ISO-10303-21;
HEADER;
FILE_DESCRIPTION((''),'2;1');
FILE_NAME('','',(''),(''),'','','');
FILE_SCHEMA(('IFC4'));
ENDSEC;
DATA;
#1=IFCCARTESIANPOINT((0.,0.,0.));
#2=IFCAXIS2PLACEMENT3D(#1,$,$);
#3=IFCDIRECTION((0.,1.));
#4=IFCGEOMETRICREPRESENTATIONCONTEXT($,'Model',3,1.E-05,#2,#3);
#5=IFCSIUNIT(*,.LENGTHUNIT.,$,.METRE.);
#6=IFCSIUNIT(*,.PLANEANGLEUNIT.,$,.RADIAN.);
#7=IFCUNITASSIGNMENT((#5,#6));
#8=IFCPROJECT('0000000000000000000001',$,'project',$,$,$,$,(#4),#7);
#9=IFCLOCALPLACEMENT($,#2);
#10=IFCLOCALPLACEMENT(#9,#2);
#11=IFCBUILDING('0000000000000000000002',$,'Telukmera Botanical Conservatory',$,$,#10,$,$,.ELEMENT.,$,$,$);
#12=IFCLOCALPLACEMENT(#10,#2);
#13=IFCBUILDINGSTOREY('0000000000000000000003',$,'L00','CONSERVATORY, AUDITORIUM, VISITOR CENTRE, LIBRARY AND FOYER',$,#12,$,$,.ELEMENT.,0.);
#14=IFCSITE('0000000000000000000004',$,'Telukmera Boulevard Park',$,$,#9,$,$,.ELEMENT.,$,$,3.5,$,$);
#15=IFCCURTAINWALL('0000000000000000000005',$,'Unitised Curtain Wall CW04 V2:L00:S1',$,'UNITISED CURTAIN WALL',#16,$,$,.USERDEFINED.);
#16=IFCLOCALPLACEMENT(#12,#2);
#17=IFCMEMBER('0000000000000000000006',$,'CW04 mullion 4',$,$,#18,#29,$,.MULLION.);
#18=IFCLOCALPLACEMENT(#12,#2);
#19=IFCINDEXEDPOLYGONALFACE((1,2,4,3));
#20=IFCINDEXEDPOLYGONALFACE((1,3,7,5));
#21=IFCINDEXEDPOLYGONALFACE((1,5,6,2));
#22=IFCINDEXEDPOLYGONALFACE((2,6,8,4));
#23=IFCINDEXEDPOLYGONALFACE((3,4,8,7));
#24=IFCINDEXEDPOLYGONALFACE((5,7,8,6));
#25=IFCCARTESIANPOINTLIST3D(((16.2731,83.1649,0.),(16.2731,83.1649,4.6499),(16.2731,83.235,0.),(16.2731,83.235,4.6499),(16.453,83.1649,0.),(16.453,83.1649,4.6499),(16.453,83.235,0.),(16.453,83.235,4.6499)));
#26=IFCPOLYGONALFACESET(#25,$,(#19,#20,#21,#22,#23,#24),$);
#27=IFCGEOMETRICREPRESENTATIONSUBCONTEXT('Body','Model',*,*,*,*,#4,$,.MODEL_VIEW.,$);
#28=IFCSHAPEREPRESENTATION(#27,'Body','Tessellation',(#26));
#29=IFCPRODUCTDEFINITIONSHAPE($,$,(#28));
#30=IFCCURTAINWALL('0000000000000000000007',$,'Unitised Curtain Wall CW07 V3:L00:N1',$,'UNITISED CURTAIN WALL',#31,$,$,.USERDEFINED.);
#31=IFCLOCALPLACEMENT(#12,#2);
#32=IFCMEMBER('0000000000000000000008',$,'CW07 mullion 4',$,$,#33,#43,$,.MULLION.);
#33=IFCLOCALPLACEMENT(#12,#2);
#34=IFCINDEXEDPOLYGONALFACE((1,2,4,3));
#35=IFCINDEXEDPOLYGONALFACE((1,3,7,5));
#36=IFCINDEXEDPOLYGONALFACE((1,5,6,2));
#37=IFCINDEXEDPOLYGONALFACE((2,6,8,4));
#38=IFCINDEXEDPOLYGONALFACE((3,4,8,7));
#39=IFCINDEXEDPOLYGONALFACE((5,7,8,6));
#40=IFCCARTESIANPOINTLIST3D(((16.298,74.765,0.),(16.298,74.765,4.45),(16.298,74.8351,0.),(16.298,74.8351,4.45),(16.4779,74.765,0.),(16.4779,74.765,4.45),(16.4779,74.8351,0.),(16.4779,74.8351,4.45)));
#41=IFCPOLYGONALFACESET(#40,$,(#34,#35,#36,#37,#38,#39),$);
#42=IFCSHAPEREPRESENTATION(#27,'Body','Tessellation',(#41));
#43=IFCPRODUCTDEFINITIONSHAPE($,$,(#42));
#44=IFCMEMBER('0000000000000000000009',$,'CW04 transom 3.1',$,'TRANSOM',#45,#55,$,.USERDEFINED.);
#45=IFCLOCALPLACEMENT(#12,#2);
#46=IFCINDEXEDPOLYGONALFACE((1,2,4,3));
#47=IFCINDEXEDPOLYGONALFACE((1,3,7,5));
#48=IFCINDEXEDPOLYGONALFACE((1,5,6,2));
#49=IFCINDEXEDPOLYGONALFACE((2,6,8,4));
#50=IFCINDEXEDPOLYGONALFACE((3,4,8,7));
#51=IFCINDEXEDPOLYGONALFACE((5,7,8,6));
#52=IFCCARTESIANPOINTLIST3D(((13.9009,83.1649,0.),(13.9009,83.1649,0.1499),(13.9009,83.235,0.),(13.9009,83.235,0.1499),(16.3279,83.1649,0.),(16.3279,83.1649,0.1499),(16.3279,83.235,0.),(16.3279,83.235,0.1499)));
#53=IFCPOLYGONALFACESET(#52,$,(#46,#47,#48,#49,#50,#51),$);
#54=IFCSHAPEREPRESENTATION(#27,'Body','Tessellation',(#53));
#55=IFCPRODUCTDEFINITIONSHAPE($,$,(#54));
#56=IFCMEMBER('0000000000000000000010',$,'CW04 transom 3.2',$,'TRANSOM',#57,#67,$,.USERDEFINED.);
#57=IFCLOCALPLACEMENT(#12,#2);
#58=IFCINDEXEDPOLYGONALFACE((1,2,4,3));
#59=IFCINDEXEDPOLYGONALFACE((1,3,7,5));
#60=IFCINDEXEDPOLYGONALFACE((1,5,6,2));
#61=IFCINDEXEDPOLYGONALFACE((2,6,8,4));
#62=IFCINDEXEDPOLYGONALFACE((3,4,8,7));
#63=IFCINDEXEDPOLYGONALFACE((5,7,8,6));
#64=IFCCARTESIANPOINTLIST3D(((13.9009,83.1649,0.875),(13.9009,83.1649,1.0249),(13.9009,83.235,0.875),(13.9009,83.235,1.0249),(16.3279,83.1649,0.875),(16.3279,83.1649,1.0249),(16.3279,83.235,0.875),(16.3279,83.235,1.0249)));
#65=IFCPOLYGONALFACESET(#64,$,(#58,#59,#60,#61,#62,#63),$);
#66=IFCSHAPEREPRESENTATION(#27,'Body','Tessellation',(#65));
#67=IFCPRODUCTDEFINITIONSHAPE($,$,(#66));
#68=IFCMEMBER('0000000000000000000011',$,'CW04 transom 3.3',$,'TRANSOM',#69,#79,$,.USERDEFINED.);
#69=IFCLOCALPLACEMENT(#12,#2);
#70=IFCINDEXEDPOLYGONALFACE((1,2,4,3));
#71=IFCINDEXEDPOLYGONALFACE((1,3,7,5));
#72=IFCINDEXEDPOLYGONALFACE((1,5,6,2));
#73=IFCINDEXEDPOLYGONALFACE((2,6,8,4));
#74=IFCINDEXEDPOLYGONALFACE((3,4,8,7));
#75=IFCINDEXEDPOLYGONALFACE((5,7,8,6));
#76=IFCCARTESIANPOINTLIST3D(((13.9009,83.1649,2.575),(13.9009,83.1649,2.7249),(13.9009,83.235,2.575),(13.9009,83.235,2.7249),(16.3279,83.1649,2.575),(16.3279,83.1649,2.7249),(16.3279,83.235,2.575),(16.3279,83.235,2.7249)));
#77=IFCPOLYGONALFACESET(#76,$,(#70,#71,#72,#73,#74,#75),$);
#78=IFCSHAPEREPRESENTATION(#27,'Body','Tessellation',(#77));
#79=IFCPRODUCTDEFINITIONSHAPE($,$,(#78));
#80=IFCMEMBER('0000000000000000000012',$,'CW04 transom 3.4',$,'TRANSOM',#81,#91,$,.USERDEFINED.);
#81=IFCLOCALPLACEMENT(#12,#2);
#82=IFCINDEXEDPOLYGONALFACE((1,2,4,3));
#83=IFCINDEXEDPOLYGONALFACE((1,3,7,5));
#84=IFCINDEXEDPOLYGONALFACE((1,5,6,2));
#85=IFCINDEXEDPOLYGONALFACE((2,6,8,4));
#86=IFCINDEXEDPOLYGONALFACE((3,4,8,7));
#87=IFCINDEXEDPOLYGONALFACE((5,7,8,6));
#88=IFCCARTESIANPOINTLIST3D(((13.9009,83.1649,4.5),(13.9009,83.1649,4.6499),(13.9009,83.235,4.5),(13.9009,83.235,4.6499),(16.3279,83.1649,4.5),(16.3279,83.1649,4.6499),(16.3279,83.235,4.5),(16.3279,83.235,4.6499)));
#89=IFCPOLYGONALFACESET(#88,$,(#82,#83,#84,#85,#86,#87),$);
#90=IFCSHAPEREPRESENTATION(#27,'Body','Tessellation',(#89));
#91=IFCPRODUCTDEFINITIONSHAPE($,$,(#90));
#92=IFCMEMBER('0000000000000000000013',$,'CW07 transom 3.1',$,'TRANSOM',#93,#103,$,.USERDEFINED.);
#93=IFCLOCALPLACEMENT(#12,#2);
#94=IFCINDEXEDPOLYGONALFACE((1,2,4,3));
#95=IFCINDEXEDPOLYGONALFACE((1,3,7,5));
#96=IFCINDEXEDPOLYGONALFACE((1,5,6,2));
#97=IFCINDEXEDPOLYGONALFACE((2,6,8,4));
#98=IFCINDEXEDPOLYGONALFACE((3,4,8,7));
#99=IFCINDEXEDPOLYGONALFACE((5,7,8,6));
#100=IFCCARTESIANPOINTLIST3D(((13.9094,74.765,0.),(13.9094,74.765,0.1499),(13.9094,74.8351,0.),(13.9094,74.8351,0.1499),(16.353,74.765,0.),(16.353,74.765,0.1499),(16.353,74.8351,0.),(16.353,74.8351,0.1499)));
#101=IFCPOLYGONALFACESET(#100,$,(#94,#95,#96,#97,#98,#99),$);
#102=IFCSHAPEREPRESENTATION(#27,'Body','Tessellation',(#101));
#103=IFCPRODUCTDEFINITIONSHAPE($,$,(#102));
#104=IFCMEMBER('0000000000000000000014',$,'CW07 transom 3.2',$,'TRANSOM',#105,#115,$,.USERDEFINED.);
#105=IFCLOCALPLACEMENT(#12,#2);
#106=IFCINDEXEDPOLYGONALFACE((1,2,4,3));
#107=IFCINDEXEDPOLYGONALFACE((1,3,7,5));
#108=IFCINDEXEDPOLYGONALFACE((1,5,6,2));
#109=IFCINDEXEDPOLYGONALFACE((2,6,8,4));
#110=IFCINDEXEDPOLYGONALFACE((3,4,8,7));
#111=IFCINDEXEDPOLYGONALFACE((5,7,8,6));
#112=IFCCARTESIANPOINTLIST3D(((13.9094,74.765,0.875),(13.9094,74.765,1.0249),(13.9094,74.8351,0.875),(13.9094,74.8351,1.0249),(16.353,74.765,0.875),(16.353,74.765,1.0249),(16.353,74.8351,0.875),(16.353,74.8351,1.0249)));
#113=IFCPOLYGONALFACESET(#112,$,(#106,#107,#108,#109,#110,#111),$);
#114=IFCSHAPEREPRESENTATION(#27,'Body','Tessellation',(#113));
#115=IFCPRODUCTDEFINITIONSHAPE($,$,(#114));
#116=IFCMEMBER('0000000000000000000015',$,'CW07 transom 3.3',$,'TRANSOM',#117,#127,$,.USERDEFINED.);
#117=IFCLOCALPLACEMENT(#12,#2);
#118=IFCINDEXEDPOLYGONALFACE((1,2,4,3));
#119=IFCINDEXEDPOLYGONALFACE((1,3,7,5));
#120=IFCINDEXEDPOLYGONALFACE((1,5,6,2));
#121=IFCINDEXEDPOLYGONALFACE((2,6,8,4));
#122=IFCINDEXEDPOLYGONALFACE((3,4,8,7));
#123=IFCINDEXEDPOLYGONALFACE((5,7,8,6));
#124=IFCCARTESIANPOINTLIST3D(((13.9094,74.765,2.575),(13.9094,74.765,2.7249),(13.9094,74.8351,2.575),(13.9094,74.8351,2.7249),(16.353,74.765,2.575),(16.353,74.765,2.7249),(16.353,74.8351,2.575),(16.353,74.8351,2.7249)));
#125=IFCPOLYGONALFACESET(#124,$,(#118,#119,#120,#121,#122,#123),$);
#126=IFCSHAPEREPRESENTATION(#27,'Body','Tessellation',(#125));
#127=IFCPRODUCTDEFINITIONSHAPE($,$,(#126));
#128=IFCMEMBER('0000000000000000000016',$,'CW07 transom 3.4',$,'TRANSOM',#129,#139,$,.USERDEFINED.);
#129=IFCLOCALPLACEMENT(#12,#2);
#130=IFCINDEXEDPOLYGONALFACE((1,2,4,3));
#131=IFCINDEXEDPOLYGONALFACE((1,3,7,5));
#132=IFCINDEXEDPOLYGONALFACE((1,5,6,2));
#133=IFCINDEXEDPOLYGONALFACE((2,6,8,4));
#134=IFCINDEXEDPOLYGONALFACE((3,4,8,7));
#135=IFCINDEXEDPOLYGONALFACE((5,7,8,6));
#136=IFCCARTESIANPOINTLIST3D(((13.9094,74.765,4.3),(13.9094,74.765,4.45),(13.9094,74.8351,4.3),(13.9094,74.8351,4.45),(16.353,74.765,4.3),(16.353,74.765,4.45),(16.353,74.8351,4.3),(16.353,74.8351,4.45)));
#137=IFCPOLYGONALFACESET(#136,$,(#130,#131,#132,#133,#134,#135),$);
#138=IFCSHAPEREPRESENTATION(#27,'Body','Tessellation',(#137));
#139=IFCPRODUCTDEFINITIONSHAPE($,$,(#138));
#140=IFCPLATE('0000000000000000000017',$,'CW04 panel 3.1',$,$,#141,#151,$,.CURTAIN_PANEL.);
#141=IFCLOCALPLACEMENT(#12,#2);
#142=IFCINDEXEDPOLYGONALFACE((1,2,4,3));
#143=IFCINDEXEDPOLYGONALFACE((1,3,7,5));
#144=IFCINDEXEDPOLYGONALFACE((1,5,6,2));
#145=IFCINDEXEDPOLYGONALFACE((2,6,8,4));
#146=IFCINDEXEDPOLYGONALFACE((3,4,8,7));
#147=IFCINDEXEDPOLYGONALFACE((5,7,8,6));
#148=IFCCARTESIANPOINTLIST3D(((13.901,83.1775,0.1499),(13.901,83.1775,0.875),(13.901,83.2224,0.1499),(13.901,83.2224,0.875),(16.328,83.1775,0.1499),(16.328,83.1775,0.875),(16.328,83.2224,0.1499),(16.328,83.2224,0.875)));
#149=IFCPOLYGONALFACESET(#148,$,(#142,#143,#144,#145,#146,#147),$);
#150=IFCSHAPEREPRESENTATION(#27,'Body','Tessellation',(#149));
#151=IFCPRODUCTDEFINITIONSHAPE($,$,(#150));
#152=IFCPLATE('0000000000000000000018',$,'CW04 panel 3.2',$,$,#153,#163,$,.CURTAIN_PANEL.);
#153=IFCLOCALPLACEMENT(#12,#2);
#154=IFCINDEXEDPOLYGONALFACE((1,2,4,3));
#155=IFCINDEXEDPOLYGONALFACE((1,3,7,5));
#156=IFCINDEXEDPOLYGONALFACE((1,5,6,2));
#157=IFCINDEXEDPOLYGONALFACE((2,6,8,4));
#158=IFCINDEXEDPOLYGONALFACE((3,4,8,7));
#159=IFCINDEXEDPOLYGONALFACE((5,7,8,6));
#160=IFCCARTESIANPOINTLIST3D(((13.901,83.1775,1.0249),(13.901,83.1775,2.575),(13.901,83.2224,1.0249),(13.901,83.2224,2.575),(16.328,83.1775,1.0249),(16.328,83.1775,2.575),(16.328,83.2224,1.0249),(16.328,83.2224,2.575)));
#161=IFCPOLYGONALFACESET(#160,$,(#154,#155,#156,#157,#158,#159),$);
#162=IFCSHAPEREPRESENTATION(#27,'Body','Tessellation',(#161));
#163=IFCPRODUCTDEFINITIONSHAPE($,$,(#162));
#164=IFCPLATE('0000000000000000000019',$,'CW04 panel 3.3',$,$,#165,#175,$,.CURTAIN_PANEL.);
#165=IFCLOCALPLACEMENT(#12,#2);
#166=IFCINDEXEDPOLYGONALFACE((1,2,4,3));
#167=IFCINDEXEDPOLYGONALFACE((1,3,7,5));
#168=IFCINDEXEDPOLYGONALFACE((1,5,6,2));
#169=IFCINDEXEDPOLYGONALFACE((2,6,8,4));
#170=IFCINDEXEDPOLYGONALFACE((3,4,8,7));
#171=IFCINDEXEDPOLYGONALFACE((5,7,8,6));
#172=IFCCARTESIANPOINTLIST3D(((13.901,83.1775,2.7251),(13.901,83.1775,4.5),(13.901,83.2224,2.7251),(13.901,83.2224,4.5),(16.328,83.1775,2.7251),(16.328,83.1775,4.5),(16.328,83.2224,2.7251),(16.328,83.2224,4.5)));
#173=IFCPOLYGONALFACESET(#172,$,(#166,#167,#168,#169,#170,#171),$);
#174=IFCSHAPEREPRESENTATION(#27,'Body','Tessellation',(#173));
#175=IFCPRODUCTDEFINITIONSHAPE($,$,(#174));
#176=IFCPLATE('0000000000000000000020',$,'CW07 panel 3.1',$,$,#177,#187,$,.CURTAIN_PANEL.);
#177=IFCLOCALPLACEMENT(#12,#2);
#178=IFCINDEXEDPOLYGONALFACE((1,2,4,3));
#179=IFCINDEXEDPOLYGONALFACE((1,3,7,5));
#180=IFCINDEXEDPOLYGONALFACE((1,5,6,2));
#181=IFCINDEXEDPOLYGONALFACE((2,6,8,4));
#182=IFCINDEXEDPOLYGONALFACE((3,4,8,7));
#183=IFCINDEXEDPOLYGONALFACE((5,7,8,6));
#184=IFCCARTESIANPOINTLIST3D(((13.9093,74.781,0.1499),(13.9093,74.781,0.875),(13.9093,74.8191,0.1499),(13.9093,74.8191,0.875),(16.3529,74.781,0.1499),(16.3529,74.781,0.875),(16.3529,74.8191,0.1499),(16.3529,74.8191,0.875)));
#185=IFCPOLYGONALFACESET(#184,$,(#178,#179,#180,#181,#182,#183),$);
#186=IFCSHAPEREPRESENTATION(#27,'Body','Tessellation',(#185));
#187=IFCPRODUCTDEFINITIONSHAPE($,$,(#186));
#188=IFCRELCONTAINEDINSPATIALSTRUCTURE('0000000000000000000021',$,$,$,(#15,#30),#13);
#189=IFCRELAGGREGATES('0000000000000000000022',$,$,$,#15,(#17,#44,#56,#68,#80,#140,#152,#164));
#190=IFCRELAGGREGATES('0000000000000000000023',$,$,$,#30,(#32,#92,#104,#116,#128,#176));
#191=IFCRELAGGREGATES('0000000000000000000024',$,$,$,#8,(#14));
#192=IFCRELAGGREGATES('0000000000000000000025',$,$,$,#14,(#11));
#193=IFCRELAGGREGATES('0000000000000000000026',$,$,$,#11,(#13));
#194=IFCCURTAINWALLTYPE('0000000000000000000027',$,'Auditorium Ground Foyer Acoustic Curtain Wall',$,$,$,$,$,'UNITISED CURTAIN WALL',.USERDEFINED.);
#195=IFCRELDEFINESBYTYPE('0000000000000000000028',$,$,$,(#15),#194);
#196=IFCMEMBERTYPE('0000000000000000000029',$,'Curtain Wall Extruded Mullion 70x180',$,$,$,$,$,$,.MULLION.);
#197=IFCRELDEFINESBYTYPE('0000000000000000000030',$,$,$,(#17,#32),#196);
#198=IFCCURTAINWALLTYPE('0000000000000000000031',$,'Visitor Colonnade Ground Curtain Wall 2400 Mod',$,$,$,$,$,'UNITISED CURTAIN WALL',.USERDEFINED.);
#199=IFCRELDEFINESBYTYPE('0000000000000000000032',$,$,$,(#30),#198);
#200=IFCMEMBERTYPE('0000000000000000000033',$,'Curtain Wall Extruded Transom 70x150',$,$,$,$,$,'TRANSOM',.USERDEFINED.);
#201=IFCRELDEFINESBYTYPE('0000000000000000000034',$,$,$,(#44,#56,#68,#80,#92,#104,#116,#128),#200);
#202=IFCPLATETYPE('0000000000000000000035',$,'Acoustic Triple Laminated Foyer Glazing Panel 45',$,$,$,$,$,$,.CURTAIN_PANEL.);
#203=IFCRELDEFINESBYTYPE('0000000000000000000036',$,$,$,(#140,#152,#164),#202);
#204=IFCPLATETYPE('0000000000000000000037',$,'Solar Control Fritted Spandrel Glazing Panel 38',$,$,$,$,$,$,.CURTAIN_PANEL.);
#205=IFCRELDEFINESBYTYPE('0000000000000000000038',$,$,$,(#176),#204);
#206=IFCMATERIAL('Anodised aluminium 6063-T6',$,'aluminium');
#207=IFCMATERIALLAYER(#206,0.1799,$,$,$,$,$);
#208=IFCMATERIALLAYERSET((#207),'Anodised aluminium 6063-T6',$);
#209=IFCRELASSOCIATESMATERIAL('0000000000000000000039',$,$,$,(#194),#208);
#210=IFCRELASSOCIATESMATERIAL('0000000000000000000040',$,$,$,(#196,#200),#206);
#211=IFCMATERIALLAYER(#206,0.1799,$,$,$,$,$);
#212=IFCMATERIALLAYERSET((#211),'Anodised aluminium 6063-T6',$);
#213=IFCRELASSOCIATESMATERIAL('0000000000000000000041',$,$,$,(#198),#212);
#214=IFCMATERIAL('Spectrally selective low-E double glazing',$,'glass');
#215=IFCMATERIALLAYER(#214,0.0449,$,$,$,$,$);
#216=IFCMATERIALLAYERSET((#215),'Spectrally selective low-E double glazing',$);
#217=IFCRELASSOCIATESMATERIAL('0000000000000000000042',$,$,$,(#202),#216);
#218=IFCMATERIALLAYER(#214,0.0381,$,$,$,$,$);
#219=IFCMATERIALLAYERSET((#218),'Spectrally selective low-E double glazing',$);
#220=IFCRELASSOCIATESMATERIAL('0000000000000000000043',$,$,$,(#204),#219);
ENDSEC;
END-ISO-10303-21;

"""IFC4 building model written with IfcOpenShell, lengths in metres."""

from ifc_helpers import new_model, si_unit, direction, frame, origin, origin_2d, place, context, subcontext, project, spatial, rectangle, extrude, material, layer, layer_set, material_profile, profile_set, type_object, element, aggregate, save


model = new_model("IFC4")

# Units and contexts
model_context = context("Model", 3, precision=1e-05, world=origin(), true_north=direction((0.0, 1.0)))
body_context = subcontext(model_context, "Body", "Model", "MODEL_VIEW")
ifc_project = project(units=[si_unit("LENGTHUNIT", "METRE"), si_unit("PLANEANGLEUNIT", "RADIAN")], contexts=[model_context])

# Site, building, storey
site_placement = place(None, origin())
site = spatial("IfcSite", under=ifc_project, at=site_placement, Name="Telukmera Boulevard Park", CompositionType="ELEMENT", RefElevation=3.5)
building_placement = place(site_placement, origin())
building = spatial("IfcBuilding", under=site, at=building_placement, Name="Telukmera Botanical Conservatory", CompositionType="ELEMENT")
storey_placement = place(building_placement, origin())
storey = spatial("IfcBuildingStorey", under=building, at=storey_placement, Name="L00", Description="CONSERVATORY, AUDITORIUM, VISITOR CENTRE, LIBRARY AND FOYER", CompositionType="ELEMENT", Elevation=0.0)

# Curtain walls, members
ifc_material_1 = material(Name="Anodised aluminium 6063-T6", Category="aluminium")
ifc_layer_1 = layer(ifc_material_1, 0.1799)
ifc_layer_set_1 = layer_set([ifc_layer_1], Name="Anodised aluminium 6063-T6")
curtain_wall_type_1 = type_object("IfcCurtainWallType", Name="Auditorium Ground Foyer Acoustic Curtain Wall", ElementType="UNITISED CURTAIN WALL", PredefinedType="USERDEFINED", material=ifc_layer_set_1)
curtain_wall_1_placement = place(storey_placement, origin())
curtain_wall_1 = element("IfcCurtainWall", 1, at=curtain_wall_1_placement, inside=storey, type_object=curtain_wall_type_1, Name="Unitised Curtain Wall CW04 V2:L00:S1", ObjectType="UNITISED CURTAIN WALL", PredefinedType="USERDEFINED")
ifc_material_profile_1 = material_profile(ifc_material_1, rectangle(XDim=0.0701, YDim=0.1799, at=origin_2d()), Name="ALU MULL 70x180")
ifc_profile_set_1 = profile_set([ifc_material_profile_1], Name="Anodised aluminium 6063-T6")
member_type_1 = type_object("IfcMemberType", Name="Curtain Wall Extruded Mullion 70x180", PredefinedType="MULLION", material=ifc_profile_set_1)
member_1_placement = place(storey_placement, frame((16.363, 83.2, 0.0), z_axis=(0.0, 0.0, 1.0), x_axis=(0.0, 1.0, 0.0)))
member_1 = element("IfcMember", 2, at=member_1_placement, type_object=member_type_1, Name="CW04 mullion 4", PredefinedType="MULLION", context=body_context, shape_type="SweptSolid", body=[
    extrude(rectangle(XDim=0.0701, YDim=0.1799, at=origin_2d()), origin(), (0.0, 0.0, 1.0), 4.6499),
])
ifc_layer_2 = layer(ifc_material_1, 0.1799)
ifc_layer_set_2 = layer_set([ifc_layer_2], Name="Anodised aluminium 6063-T6")
curtain_wall_type_2 = type_object("IfcCurtainWallType", Name="Visitor Colonnade Ground Curtain Wall 2400 Mod", ElementType="UNITISED CURTAIN WALL", PredefinedType="USERDEFINED", material=ifc_layer_set_2)
curtain_wall_2_placement = place(storey_placement, origin())
curtain_wall_2 = element("IfcCurtainWall", 3, at=curtain_wall_2_placement, inside=storey, type_object=curtain_wall_type_2, Name="Unitised Curtain Wall CW07 V3:L00:N1", ObjectType="UNITISED CURTAIN WALL", PredefinedType="USERDEFINED")
member_2_placement = place(storey_placement, frame((16.3879, 74.8, 0.0), z_axis=(0.0, 0.0, 1.0), x_axis=(0.0, 1.0, 0.0)))
member_2 = element("IfcMember", 4, at=member_2_placement, type_object=member_type_1, Name="CW07 mullion 4", PredefinedType="MULLION", context=body_context, shape_type="SweptSolid", body=[
    extrude(rectangle(XDim=0.0701, YDim=0.1799, at=origin_2d()), origin(), (0.0, 0.0, 1.0), 4.45),
])

# Members
ifc_material_profile_2 = material_profile(ifc_material_1, rectangle(XDim=0.0701, YDim=0.1499, at=origin_2d()), Name="ALU TRAN 70x150")
ifc_profile_set_2 = profile_set([ifc_material_profile_2], Name="Anodised aluminium 6063-T6")
member_type_2 = type_object("IfcMemberType", Name="Curtain Wall Extruded Transom 70x150", ElementType="TRANSOM", PredefinedType="USERDEFINED", material=ifc_profile_set_2)
member_3_placement = place(storey_placement, frame((13.9009, 83.2, 0.075), z_axis=(1.0, 0.0, 0.0), x_axis=(0.0, 1.0, 0.0)))
member_3 = element("IfcMember", 5, at=member_3_placement, type_object=member_type_2, Name="CW04 transom 3.1", ObjectType="TRANSOM", PredefinedType="USERDEFINED", context=body_context, shape_type="SweptSolid", body=[
    extrude(rectangle(XDim=0.0701, YDim=0.1499, at=origin_2d()), origin(), (0.0, 0.0, 1.0), 2.427),
])
member_4_placement = place(storey_placement, frame((13.9009, 83.2, 0.95), z_axis=(1.0, 0.0, 0.0), x_axis=(0.0, 1.0, 0.0)))
member_4 = element("IfcMember", 6, at=member_4_placement, type_object=member_type_2, Name="CW04 transom 3.2", ObjectType="TRANSOM", PredefinedType="USERDEFINED", context=body_context, shape_type="SweptSolid", body=[
    extrude(rectangle(XDim=0.0701, YDim=0.1499, at=origin_2d()), origin(), (0.0, 0.0, 1.0), 2.427),
])
member_5_placement = place(storey_placement, frame((13.9009, 83.2, 2.6499), z_axis=(1.0, 0.0, 0.0), x_axis=(0.0, 1.0, 0.0)))
member_5 = element("IfcMember", 7, at=member_5_placement, type_object=member_type_2, Name="CW04 transom 3.3", ObjectType="TRANSOM", PredefinedType="USERDEFINED", context=body_context, shape_type="SweptSolid", body=[
    extrude(rectangle(XDim=0.0701, YDim=0.1499, at=origin_2d()), origin(), (0.0, 0.0, 1.0), 2.427),
])
member_6_placement = place(storey_placement, frame((13.9009, 83.2, 4.575), z_axis=(1.0, 0.0, 0.0), x_axis=(0.0, 1.0, 0.0)))
member_6 = element("IfcMember", 8, at=member_6_placement, type_object=member_type_2, Name="CW04 transom 3.4", ObjectType="TRANSOM", PredefinedType="USERDEFINED", context=body_context, shape_type="SweptSolid", body=[
    extrude(rectangle(XDim=0.0701, YDim=0.1499, at=origin_2d()), origin(), (0.0, 0.0, 1.0), 2.427),
])
member_7_placement = place(storey_placement, frame((13.9094, 74.8, 0.075), z_axis=(1.0, 0.0, 0.0), x_axis=(0.0, 1.0, 0.0)))
member_7 = element("IfcMember", 9, at=member_7_placement, type_object=member_type_2, Name="CW07 transom 3.1", ObjectType="TRANSOM", PredefinedType="USERDEFINED", context=body_context, shape_type="SweptSolid", body=[
    extrude(rectangle(XDim=0.0701, YDim=0.1499, at=origin_2d()), origin(), (0.0, 0.0, 1.0), 2.4436),
])
member_8_placement = place(storey_placement, frame((13.9094, 74.8, 0.95), z_axis=(1.0, 0.0, 0.0), x_axis=(0.0, 1.0, 0.0)))
member_8 = element("IfcMember", 10, at=member_8_placement, type_object=member_type_2, Name="CW07 transom 3.2", ObjectType="TRANSOM", PredefinedType="USERDEFINED", context=body_context, shape_type="SweptSolid", body=[
    extrude(rectangle(XDim=0.0701, YDim=0.1499, at=origin_2d()), origin(), (0.0, 0.0, 1.0), 2.4436),
])
member_9_placement = place(storey_placement, frame((13.9094, 74.8, 2.6499), z_axis=(1.0, 0.0, 0.0), x_axis=(0.0, 1.0, 0.0)))
member_9 = element("IfcMember", 11, at=member_9_placement, type_object=member_type_2, Name="CW07 transom 3.3", ObjectType="TRANSOM", PredefinedType="USERDEFINED", context=body_context, shape_type="SweptSolid", body=[
    extrude(rectangle(XDim=0.0701, YDim=0.1499, at=origin_2d()), origin(), (0.0, 0.0, 1.0), 2.4436),
])
member_10_placement = place(storey_placement, frame((13.9094, 74.8, 4.375), z_axis=(1.0, 0.0, 0.0), x_axis=(0.0, 1.0, 0.0)))
member_10 = element("IfcMember", 12, at=member_10_placement, type_object=member_type_2, Name="CW07 transom 3.4", ObjectType="TRANSOM", PredefinedType="USERDEFINED", context=body_context, shape_type="SweptSolid", body=[
    extrude(rectangle(XDim=0.0701, YDim=0.1499, at=origin_2d()), origin(), (0.0, 0.0, 1.0), 2.4436),
])

# Plates
ifc_material_2 = material(Name="Spectrally selective low-E double glazing", Category="glass")
ifc_layer_3 = layer(ifc_material_2, 0.0449)
ifc_layer_set_3 = layer_set([ifc_layer_3], Name="Spectrally selective low-E double glazing")
plate_type_1 = type_object("IfcPlateType", Name="Acoustic Triple Laminated Foyer Glazing Panel 45", PredefinedType="CURTAIN_PANEL", material=ifc_layer_set_3)
plate_1_placement = place(storey_placement, frame((15.1145, 83.2, 0.1499), z_axis=(0.0, 0.0, 1.0), x_axis=(1.0, 0.0, 0.0)))
plate_1 = element("IfcPlate", 13, at=plate_1_placement, type_object=plate_type_1, Name="CW04 panel 3.1", PredefinedType="CURTAIN_PANEL", context=body_context, shape_type="SweptSolid", body=[
    extrude(rectangle(XDim=2.427, YDim=0.0449, at=origin_2d()), origin(), (0.0, 0.0, 1.0), 0.7251),
])
plate_2_placement = place(storey_placement, frame((15.1145, 83.2, 1.0249), z_axis=(0.0, 0.0, 1.0), x_axis=(1.0, 0.0, 0.0)))
plate_2 = element("IfcPlate", 14, at=plate_2_placement, type_object=plate_type_1, Name="CW04 panel 3.2", PredefinedType="CURTAIN_PANEL", context=body_context, shape_type="SweptSolid", body=[
    extrude(rectangle(XDim=2.427, YDim=0.0449, at=origin_2d()), origin(), (0.0, 0.0, 1.0), 1.55),
])
plate_3_placement = place(storey_placement, frame((15.1145, 83.2, 2.7251), z_axis=(0.0, 0.0, 1.0), x_axis=(1.0, 0.0, 0.0)))
plate_3 = element("IfcPlate", 15, at=plate_3_placement, type_object=plate_type_1, Name="CW04 panel 3.3", PredefinedType="CURTAIN_PANEL", context=body_context, shape_type="SweptSolid", body=[
    extrude(rectangle(XDim=2.427, YDim=0.0449, at=origin_2d()), origin(), (0.0, 0.0, 1.0), 1.7749),
])
aggregate(curtain_wall_1, [member_1, member_3, member_4, member_5, member_6, plate_1, plate_2, plate_3])
ifc_layer_4 = layer(ifc_material_2, 0.0381)
ifc_layer_set_4 = layer_set([ifc_layer_4], Name="Spectrally selective low-E double glazing")
plate_type_2 = type_object("IfcPlateType", Name="Solar Control Fritted Spandrel Glazing Panel 38", PredefinedType="CURTAIN_PANEL", material=ifc_layer_set_4)
plate_4_placement = place(storey_placement, frame((15.1311, 74.8, 0.1499), z_axis=(0.0, 0.0, 1.0), x_axis=(1.0, 0.0, 0.0)))
plate_4 = element("IfcPlate", 16, at=plate_4_placement, type_object=plate_type_2, Name="CW07 panel 3.1", PredefinedType="CURTAIN_PANEL", context=body_context, shape_type="SweptSolid", body=[
    extrude(rectangle(XDim=2.4436, YDim=0.0381, at=origin_2d()), origin(), (0.0, 0.0, 1.0), 0.7251),
])
aggregate(curtain_wall_2, [member_2, member_7, member_8, member_9, member_10, plate_4])

save(model, "model.ifc")
